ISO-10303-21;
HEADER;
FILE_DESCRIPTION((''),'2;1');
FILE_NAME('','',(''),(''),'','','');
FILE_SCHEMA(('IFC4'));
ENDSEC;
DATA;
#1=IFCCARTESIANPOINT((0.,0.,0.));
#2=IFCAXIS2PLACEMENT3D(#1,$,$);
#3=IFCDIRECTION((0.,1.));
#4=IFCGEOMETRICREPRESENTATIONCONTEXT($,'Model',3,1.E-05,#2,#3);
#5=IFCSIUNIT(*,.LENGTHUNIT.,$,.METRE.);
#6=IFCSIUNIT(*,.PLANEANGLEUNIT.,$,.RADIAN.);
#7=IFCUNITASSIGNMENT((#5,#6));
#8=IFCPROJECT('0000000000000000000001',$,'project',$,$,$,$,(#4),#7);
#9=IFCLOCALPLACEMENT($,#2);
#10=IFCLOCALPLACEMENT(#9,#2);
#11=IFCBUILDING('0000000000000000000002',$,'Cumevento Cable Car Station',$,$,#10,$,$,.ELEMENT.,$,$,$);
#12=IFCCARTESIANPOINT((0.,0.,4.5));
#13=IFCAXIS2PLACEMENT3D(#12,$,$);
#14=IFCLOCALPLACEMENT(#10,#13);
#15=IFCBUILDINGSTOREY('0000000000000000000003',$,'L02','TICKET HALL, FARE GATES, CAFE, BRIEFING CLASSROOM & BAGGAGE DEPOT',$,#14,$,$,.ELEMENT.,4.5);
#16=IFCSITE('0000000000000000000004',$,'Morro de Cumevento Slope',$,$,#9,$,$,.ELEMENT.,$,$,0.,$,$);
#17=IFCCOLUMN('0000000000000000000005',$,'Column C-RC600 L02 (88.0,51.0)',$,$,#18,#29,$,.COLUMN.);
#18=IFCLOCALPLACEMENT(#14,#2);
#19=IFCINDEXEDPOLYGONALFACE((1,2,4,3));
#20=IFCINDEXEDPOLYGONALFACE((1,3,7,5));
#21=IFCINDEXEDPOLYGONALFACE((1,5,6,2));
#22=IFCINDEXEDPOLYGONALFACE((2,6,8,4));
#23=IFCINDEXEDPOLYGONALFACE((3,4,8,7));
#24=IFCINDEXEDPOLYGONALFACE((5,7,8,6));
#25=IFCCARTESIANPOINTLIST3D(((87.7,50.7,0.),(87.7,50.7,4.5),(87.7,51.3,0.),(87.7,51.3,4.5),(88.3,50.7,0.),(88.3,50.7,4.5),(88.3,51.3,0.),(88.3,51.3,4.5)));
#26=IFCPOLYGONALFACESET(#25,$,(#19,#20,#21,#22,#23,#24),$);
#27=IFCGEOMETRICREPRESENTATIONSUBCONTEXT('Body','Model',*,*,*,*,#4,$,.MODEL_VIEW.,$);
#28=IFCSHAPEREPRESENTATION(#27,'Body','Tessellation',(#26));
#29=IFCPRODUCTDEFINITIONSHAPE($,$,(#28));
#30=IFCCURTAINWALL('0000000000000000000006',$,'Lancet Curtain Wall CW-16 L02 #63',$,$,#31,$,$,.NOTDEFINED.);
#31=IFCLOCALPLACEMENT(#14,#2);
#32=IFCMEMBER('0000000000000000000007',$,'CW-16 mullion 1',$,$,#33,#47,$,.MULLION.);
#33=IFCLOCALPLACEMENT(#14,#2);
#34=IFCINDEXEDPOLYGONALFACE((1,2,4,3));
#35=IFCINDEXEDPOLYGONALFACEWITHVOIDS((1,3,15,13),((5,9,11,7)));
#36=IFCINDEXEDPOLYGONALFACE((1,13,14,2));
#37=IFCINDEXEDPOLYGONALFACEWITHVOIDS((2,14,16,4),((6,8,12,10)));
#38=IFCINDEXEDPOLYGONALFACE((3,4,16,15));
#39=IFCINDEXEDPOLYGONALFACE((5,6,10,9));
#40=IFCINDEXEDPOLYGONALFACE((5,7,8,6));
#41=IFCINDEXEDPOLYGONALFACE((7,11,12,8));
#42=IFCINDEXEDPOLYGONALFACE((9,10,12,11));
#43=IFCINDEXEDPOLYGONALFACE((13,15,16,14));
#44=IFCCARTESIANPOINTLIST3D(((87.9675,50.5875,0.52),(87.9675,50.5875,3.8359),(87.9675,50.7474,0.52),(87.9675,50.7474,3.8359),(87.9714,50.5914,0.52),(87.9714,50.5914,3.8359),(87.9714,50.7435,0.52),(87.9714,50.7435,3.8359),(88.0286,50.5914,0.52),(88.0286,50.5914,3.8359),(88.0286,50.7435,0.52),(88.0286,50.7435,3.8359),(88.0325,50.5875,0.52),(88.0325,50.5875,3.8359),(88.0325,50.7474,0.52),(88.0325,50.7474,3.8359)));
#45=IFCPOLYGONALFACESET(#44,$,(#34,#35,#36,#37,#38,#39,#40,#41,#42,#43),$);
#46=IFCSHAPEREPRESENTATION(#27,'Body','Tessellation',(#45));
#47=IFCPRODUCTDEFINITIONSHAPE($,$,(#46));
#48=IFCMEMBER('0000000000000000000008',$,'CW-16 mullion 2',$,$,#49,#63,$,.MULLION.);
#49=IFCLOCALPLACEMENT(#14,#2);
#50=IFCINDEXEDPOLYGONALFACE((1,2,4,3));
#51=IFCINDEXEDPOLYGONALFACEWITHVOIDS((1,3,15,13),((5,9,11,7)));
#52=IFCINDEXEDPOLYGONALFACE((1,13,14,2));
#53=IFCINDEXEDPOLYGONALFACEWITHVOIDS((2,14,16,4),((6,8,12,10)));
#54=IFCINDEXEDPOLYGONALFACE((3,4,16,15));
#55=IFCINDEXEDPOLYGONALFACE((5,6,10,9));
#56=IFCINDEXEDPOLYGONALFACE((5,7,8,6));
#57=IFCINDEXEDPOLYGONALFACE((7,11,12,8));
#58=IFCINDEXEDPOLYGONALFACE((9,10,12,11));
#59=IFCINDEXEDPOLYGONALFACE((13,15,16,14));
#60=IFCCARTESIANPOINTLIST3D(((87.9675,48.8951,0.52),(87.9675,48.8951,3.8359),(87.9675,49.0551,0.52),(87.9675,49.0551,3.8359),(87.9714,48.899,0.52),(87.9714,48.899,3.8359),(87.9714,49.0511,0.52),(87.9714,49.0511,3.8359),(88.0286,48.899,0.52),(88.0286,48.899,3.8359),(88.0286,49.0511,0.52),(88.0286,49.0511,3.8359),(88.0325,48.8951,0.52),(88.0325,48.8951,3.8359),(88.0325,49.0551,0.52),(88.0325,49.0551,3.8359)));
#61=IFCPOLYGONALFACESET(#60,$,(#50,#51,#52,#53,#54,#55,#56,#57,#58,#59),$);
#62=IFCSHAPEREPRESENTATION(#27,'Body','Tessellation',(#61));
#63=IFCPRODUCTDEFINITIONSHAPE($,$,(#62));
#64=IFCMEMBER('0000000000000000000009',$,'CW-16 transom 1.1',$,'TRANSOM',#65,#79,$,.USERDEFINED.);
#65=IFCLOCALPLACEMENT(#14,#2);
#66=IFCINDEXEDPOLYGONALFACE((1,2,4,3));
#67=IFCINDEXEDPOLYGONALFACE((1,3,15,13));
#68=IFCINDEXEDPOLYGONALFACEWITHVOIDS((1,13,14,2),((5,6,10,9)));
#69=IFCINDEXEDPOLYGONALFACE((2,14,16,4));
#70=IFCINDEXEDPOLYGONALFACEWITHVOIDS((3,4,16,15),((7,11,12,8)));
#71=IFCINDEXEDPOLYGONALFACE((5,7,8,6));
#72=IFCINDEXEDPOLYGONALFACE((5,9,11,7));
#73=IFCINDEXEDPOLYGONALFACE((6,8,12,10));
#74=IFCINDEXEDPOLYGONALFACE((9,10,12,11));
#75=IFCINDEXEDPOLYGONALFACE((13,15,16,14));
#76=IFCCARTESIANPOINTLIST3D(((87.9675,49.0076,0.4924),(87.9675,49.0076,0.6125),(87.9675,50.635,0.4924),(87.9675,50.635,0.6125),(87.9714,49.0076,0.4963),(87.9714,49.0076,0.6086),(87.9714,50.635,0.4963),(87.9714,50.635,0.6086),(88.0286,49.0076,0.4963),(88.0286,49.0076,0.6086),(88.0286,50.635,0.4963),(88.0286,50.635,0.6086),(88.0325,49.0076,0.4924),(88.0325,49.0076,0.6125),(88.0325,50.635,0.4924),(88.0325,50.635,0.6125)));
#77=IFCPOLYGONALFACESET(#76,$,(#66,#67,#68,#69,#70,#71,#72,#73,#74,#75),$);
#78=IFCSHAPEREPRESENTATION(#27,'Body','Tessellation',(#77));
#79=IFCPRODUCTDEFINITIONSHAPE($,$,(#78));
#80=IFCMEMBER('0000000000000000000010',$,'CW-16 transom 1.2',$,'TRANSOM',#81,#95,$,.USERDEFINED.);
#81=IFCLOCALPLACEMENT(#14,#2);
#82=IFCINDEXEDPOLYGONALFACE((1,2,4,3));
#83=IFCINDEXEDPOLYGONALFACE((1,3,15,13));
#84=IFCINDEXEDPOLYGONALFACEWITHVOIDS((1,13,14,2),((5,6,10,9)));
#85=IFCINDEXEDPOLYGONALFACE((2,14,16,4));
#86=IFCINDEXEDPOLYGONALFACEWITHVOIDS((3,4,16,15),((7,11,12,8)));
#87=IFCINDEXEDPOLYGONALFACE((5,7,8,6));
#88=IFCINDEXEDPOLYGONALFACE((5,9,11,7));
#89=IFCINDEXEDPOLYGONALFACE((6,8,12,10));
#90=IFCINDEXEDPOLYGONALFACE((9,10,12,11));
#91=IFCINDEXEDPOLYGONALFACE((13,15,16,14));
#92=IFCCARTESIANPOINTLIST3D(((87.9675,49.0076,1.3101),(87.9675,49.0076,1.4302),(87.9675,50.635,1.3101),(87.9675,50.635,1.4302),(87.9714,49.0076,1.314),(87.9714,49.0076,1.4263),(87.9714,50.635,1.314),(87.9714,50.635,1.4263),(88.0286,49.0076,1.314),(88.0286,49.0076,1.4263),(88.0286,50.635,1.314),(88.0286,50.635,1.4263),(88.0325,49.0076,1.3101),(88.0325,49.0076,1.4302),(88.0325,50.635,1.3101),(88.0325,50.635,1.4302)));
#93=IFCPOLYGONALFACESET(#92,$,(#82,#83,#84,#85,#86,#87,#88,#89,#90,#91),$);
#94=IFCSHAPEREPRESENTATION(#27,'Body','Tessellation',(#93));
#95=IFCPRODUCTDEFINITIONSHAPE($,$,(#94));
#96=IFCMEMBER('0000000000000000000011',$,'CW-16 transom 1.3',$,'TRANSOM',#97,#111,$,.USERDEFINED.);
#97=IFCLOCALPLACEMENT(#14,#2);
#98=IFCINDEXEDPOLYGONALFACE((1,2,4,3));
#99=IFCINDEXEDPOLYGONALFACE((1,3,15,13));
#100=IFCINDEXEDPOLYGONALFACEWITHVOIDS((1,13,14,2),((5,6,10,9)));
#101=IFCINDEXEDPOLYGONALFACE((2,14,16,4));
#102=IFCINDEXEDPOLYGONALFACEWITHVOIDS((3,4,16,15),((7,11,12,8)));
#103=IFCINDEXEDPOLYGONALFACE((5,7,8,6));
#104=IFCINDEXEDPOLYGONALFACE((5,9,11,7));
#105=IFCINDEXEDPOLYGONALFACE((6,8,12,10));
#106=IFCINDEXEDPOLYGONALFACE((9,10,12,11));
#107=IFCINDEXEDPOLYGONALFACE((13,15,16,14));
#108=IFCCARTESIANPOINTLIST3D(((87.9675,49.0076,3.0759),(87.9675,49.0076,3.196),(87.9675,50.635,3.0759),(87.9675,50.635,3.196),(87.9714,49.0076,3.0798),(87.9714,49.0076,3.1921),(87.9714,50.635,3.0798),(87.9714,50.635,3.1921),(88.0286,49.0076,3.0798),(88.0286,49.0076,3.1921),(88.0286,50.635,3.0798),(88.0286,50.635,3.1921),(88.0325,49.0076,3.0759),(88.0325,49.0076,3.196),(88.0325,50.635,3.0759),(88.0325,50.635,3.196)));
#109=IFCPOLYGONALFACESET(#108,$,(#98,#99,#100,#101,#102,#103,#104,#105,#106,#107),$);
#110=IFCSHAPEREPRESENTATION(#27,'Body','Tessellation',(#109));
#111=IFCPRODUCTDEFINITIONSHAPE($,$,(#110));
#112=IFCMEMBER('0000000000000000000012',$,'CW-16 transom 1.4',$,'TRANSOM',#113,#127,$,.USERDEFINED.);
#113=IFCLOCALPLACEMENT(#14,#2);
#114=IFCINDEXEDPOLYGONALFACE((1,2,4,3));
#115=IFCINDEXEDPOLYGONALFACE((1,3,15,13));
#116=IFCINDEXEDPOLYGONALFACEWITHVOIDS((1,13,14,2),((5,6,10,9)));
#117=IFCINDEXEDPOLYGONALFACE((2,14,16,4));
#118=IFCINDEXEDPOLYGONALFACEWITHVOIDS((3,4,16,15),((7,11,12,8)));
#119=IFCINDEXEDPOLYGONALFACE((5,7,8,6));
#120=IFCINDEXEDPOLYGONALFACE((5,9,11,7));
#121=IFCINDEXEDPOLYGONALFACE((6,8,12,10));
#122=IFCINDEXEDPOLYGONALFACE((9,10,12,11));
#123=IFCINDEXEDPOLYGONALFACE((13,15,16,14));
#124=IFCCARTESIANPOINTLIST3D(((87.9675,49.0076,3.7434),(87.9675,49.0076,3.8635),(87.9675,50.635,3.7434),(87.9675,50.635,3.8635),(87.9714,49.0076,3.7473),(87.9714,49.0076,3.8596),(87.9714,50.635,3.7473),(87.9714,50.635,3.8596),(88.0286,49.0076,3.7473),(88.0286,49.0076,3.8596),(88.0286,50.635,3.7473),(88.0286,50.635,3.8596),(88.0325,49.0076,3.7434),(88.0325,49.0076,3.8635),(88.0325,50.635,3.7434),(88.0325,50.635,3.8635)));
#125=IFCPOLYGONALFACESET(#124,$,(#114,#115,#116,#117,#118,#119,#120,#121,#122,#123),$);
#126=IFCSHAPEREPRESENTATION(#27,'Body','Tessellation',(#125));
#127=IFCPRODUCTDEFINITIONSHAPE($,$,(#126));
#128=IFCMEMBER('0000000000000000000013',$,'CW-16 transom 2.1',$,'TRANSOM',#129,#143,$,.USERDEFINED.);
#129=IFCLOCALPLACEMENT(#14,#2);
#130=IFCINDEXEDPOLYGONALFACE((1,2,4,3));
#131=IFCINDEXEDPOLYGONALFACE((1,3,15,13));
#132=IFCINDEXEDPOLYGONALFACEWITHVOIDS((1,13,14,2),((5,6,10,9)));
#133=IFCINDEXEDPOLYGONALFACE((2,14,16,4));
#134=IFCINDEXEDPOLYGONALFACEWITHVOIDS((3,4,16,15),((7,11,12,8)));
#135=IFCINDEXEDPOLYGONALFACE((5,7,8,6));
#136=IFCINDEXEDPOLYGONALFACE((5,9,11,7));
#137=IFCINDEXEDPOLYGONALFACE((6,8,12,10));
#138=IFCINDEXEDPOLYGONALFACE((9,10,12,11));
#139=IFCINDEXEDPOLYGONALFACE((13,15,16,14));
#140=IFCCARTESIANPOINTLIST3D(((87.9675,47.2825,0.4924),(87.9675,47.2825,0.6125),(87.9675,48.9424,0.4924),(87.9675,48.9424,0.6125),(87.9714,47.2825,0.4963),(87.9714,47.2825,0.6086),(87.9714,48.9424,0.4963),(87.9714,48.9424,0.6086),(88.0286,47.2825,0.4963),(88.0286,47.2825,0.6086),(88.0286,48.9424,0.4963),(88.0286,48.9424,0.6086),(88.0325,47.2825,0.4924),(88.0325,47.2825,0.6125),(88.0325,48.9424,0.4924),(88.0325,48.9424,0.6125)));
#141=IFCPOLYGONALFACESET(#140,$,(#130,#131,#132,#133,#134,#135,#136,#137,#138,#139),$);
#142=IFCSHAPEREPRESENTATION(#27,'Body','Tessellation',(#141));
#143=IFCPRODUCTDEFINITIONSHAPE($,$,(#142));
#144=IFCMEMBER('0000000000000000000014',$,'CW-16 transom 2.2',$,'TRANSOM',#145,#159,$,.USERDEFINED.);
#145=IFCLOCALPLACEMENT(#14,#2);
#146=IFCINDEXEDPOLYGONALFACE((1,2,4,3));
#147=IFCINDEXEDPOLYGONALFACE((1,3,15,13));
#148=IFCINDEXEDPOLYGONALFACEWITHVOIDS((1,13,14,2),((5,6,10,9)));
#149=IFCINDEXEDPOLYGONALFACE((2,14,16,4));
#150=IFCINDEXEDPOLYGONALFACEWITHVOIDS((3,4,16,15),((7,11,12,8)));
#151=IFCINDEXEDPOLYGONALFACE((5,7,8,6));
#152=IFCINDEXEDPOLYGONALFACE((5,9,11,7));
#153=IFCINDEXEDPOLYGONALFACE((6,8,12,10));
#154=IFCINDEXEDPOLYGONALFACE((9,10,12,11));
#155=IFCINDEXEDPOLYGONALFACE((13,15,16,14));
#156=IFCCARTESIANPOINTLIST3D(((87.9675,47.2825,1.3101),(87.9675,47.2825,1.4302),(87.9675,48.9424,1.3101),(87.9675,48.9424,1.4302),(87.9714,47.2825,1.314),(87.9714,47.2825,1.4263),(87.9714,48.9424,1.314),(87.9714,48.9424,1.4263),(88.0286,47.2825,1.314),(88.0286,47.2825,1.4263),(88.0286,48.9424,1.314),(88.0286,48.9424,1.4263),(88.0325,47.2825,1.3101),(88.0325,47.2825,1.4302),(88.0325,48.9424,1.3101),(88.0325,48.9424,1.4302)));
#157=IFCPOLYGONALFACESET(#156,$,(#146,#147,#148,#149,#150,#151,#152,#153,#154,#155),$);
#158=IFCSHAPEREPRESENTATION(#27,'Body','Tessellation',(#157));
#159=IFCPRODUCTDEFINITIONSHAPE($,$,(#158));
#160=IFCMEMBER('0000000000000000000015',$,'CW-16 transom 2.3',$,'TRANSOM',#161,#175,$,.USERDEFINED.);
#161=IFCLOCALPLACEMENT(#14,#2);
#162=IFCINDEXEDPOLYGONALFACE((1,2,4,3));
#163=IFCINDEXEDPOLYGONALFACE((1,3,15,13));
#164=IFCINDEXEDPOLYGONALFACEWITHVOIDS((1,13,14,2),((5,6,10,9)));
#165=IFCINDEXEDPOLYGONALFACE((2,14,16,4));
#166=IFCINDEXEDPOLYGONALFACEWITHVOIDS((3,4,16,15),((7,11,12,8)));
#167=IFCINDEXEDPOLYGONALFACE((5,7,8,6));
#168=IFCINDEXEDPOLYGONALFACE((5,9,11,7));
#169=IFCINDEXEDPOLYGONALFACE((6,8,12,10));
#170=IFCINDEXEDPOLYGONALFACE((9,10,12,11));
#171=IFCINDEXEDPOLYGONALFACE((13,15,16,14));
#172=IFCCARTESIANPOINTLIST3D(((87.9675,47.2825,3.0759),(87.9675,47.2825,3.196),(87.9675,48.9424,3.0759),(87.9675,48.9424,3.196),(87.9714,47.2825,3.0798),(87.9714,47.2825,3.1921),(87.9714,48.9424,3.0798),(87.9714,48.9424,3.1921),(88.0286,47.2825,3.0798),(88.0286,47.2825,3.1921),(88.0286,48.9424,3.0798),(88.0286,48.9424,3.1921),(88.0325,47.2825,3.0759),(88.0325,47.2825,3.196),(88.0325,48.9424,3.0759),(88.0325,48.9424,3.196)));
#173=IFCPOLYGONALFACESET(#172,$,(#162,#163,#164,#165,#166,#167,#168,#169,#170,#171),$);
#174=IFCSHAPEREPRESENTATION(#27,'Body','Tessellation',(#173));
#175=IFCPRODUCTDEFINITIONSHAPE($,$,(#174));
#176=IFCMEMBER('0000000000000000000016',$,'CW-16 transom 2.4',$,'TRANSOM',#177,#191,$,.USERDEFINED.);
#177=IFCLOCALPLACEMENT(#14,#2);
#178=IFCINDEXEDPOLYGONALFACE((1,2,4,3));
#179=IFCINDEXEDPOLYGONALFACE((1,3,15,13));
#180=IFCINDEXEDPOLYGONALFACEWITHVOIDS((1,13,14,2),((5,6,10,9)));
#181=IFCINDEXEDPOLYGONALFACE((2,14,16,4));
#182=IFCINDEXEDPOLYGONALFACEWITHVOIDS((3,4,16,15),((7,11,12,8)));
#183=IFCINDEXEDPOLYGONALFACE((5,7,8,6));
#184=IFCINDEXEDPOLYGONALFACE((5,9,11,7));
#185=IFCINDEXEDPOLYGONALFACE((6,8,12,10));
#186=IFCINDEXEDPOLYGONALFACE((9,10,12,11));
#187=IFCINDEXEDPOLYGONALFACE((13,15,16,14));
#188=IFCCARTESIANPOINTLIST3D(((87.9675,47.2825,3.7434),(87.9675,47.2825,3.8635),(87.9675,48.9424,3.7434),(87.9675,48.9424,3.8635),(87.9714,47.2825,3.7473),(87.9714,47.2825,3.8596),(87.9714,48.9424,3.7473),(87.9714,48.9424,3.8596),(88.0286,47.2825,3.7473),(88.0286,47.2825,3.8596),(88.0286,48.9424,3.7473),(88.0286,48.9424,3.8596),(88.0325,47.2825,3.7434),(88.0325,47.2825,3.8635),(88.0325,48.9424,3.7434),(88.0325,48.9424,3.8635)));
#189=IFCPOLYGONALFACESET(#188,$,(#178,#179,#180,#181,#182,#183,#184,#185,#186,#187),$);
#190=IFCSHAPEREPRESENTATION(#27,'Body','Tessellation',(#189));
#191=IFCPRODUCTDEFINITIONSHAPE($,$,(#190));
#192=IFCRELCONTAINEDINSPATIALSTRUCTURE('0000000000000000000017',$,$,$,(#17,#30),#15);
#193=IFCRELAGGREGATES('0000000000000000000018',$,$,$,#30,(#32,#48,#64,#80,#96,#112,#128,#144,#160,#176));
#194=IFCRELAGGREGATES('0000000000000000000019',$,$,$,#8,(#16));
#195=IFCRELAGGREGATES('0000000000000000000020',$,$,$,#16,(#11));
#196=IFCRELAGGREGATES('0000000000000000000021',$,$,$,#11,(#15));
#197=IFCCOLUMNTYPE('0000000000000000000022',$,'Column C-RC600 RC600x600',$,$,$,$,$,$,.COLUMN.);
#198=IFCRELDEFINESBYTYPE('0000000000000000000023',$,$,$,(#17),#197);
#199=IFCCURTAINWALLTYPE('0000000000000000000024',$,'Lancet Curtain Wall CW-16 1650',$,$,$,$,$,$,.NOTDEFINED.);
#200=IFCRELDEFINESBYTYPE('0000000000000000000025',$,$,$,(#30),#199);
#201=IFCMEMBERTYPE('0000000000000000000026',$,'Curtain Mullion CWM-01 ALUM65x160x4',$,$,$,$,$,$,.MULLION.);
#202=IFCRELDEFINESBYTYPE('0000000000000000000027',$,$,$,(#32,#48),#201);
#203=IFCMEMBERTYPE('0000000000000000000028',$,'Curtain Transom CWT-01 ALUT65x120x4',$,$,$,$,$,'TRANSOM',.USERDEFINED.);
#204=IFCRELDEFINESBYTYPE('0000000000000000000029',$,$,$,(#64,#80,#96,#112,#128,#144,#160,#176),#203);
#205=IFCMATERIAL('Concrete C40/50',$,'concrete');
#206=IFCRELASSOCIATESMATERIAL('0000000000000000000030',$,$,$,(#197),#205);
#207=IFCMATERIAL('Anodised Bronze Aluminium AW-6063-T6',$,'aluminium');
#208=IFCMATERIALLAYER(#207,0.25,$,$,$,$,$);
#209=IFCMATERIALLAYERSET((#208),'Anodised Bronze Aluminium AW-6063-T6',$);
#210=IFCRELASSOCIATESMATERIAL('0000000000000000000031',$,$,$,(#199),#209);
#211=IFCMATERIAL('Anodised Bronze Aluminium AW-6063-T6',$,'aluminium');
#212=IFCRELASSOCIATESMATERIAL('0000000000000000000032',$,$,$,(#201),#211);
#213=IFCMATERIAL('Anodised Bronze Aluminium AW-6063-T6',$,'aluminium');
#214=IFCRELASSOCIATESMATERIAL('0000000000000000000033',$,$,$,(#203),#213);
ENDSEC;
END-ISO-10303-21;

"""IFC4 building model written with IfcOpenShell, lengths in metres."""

from ifc_helpers import new_model, si_unit, direction, frame, origin, origin_2d, place, context, subcontext, project, spatial, rectangle, hollow_rectangle, extrude, material, layer, layer_set, material_profile, profile_set, type_object, element, aggregate, save


model = new_model("IFC4")

# Units and contexts
model_context = context("Model", 3, precision=1e-05, world=origin(), true_north=direction((0.0, 1.0)))
body_context = subcontext(model_context, "Body", "Model", "MODEL_VIEW")
ifc_project = project(units=[si_unit("LENGTHUNIT", "METRE"), si_unit("PLANEANGLEUNIT", "RADIAN")], contexts=[model_context])

# Site, building, storey
site_placement = place(None, origin())
site = spatial("IfcSite", under=ifc_project, at=site_placement, Name="Morro de Cumevento Slope", CompositionType="ELEMENT", RefElevation=0.0)
building_placement = place(site_placement, origin())
building = spatial("IfcBuilding", under=site, at=building_placement, Name="Cumevento Cable Car Station", CompositionType="ELEMENT")
storey_placement = place(building_placement, frame((0.0, 0.0, 4.5)))
storey = spatial("IfcBuildingStorey", under=building, at=storey_placement, Name="L02", Description="TICKET HALL, FARE GATES, CAFE, BRIEFING CLASSROOM & BAGGAGE DEPOT", CompositionType="ELEMENT", Elevation=4.5)

# Column
ifc_material_1 = material(Name="Concrete C40/50", Category="concrete")
ifc_material_profile_1 = material_profile(ifc_material_1, rectangle(XDim=0.6001, YDim=0.6001, at=origin_2d()), Name="RC600x600")
ifc_profile_set_1 = profile_set([ifc_material_profile_1], Name="Concrete C40/50")
column_type = type_object("IfcColumnType", Name="Column C-RC600 RC600x600", PredefinedType="COLUMN", material=ifc_profile_set_1)
column_placement = place(storey_placement, frame((88.0, 51.0, 0.0), z_axis=(0.0, 0.0, 1.0), x_axis=(1.0, 0.0, 0.0)))
element("IfcColumn", 1, at=column_placement, inside=storey, type_object=column_type, Name="Column C-RC600 L02 (88.0,51.0)", PredefinedType="COLUMN", context=body_context, shape_type="SweptSolid", body=[
    extrude(rectangle(XDim=0.6001, YDim=0.6001, at=origin_2d()), origin(), (0.0, 0.0, 1.0), 4.5),
])

# Curtain wall, members
ifc_material_2 = material(Name="Anodised Bronze Aluminium AW-6063-T6", Category="aluminium")
ifc_layer_1 = layer(ifc_material_2, 0.25)
ifc_layer_set_1 = layer_set([ifc_layer_1], Name="Anodised Bronze Aluminium AW-6063-T6")
curtain_wall_type = type_object("IfcCurtainWallType", Name="Lancet Curtain Wall CW-16 1650", PredefinedType="NOTDEFINED", material=ifc_layer_set_1)
curtain_wall_placement = place(storey_placement, origin())
curtain_wall = element("IfcCurtainWall", 2, at=curtain_wall_placement, inside=storey, type_object=curtain_wall_type, Name="Lancet Curtain Wall CW-16 L02 #63", PredefinedType="NOTDEFINED")
ifc_material_3 = material(Name="Anodised Bronze Aluminium AW-6063-T6", Category="aluminium")
ifc_material_profile_2 = material_profile(ifc_material_3, hollow_rectangle(XDim=0.0649, YDim=0.1599, WallThickness=0.0039, at=origin_2d()), Name="ALUM65x160x4")
ifc_profile_set_2 = profile_set([ifc_material_profile_2], Name="Anodised Bronze Aluminium AW-6063-T6")
member_type_1 = type_object("IfcMemberType", Name="Curtain Mullion CWM-01 ALUM65x160x4", PredefinedType="MULLION", material=ifc_profile_set_2)
member_1_placement = place(storey_placement, frame((88.0, 50.6675, 0.52), z_axis=(0.0, 0.0, 1.0), x_axis=(1.0, 0.0, 0.0)))
member_1 = element("IfcMember", 3, at=member_1_placement, type_object=member_type_1, Name="CW-16 mullion 1", PredefinedType="MULLION", context=body_context, shape_type="SweptSolid", body=[
    extrude(hollow_rectangle(XDim=0.0649, YDim=0.1599, WallThickness=0.0039, at=origin_2d()), origin(), (0.0, 0.0, 1.0), 3.3159),
])
member_2_placement = place(storey_placement, frame((88.0, 48.9751, 0.52), z_axis=(0.0, 0.0, 1.0), x_axis=(1.0, 0.0, 0.0)))
member_2 = element("IfcMember", 4, at=member_2_placement, type_object=member_type_1, Name="CW-16 mullion 2", PredefinedType="MULLION", context=body_context, shape_type="SweptSolid", body=[
    extrude(hollow_rectangle(XDim=0.0649, YDim=0.1599, WallThickness=0.0039, at=origin_2d()), origin(), (0.0, 0.0, 1.0), 3.3159),
])
ifc_material_4 = material(Name="Anodised Bronze Aluminium AW-6063-T6", Category="aluminium")
ifc_material_profile_3 = material_profile(ifc_material_4, hollow_rectangle(XDim=0.0649, YDim=0.1201, WallThickness=0.0039, at=origin_2d()), Name="ALUT65x120x4")
ifc_profile_set_3 = profile_set([ifc_material_profile_3], Name="Anodised Bronze Aluminium AW-6063-T6")
member_type_2 = type_object("IfcMemberType", Name="Curtain Transom CWT-01 ALUT65x120x4", ElementType="TRANSOM", PredefinedType="USERDEFINED", material=ifc_profile_set_3)
member_3_placement = place(storey_placement, frame((88.0, 50.635, 0.5525), z_axis=(0.0, -1.0, 0.0), x_axis=(1.0, 0.0, 0.0)))
member_3 = element("IfcMember", 5, at=member_3_placement, type_object=member_type_2, Name="CW-16 transom 1.1", ObjectType="TRANSOM", PredefinedType="USERDEFINED", context=body_context, shape_type="SweptSolid", body=[
    extrude(hollow_rectangle(XDim=0.0649, YDim=0.1201, WallThickness=0.0039, at=origin_2d()), origin(), (0.0, 0.0, 1.0), 1.6274),
])
member_4_placement = place(storey_placement, frame((88.0, 50.635, 1.3701), z_axis=(0.0, -1.0, 0.0), x_axis=(1.0, 0.0, 0.0)))
member_4 = element("IfcMember", 6, at=member_4_placement, type_object=member_type_2, Name="CW-16 transom 1.2", ObjectType="TRANSOM", PredefinedType="USERDEFINED", context=body_context, shape_type="SweptSolid", body=[
    extrude(hollow_rectangle(XDim=0.0649, YDim=0.1201, WallThickness=0.0039, at=origin_2d()), origin(), (0.0, 0.0, 1.0), 1.6274),
])
member_5_placement = place(storey_placement, frame((88.0, 50.635, 3.136), z_axis=(0.0, -1.0, 0.0), x_axis=(1.0, 0.0, 0.0)))
member_5 = element("IfcMember", 7, at=member_5_placement, type_object=member_type_2, Name="CW-16 transom 1.3", ObjectType="TRANSOM", PredefinedType="USERDEFINED", context=body_context, shape_type="SweptSolid", body=[
    extrude(hollow_rectangle(XDim=0.0649, YDim=0.1201, WallThickness=0.0039, at=origin_2d()), origin(), (0.0, 0.0, 1.0), 1.6274),
])
member_6_placement = place(storey_placement, frame((88.0, 50.635, 3.8035), z_axis=(0.0, -1.0, 0.0), x_axis=(1.0, 0.0, 0.0)))
member_6 = element("IfcMember", 8, at=member_6_placement, type_object=member_type_2, Name="CW-16 transom 1.4", ObjectType="TRANSOM", PredefinedType="USERDEFINED", context=body_context, shape_type="SweptSolid", body=[
    extrude(hollow_rectangle(XDim=0.0649, YDim=0.1201, WallThickness=0.0039, at=origin_2d()), origin(), (0.0, 0.0, 1.0), 1.6274),
])
member_7_placement = place(storey_placement, frame((88.0, 48.9424, 0.5525), z_axis=(0.0, -1.0, 0.0), x_axis=(1.0, 0.0, 0.0)))
member_7 = element("IfcMember", 9, at=member_7_placement, type_object=member_type_2, Name="CW-16 transom 2.1", ObjectType="TRANSOM", PredefinedType="USERDEFINED", context=body_context, shape_type="SweptSolid", body=[
    extrude(hollow_rectangle(XDim=0.0649, YDim=0.1201, WallThickness=0.0039, at=origin_2d()), origin(), (0.0, 0.0, 1.0), 1.6599),
])
member_8_placement = place(storey_placement, frame((88.0, 48.9424, 1.3701), z_axis=(0.0, -1.0, 0.0), x_axis=(1.0, 0.0, 0.0)))
member_8 = element("IfcMember", 10, at=member_8_placement, type_object=member_type_2, Name="CW-16 transom 2.2", ObjectType="TRANSOM", PredefinedType="USERDEFINED", context=body_context, shape_type="SweptSolid", body=[
    extrude(hollow_rectangle(XDim=0.0649, YDim=0.1201, WallThickness=0.0039, at=origin_2d()), origin(), (0.0, 0.0, 1.0), 1.6599),
])
member_9_placement = place(storey_placement, frame((88.0, 48.9424, 3.136), z_axis=(0.0, -1.0, 0.0), x_axis=(1.0, 0.0, 0.0)))
member_9 = element("IfcMember", 11, at=member_9_placement, type_object=member_type_2, Name="CW-16 transom 2.3", ObjectType="TRANSOM", PredefinedType="USERDEFINED", context=body_context, shape_type="SweptSolid", body=[
    extrude(hollow_rectangle(XDim=0.0649, YDim=0.1201, WallThickness=0.0039, at=origin_2d()), origin(), (0.0, 0.0, 1.0), 1.6599),
])
member_10_placement = place(storey_placement, frame((88.0, 48.9424, 3.8035), z_axis=(0.0, -1.0, 0.0), x_axis=(1.0, 0.0, 0.0)))
member_10 = element("IfcMember", 12, at=member_10_placement, type_object=member_type_2, Name="CW-16 transom 2.4", ObjectType="TRANSOM", PredefinedType="USERDEFINED", context=body_context, shape_type="SweptSolid", body=[
    extrude(hollow_rectangle(XDim=0.0649, YDim=0.1201, WallThickness=0.0039, at=origin_2d()), origin(), (0.0, 0.0, 1.0), 1.6599),
])

aggregate(curtain_wall, [member_1, member_2, member_3, member_4, member_5, member_6, member_7, member_8, member_9, member_10])

save(model, "model.ifc")
